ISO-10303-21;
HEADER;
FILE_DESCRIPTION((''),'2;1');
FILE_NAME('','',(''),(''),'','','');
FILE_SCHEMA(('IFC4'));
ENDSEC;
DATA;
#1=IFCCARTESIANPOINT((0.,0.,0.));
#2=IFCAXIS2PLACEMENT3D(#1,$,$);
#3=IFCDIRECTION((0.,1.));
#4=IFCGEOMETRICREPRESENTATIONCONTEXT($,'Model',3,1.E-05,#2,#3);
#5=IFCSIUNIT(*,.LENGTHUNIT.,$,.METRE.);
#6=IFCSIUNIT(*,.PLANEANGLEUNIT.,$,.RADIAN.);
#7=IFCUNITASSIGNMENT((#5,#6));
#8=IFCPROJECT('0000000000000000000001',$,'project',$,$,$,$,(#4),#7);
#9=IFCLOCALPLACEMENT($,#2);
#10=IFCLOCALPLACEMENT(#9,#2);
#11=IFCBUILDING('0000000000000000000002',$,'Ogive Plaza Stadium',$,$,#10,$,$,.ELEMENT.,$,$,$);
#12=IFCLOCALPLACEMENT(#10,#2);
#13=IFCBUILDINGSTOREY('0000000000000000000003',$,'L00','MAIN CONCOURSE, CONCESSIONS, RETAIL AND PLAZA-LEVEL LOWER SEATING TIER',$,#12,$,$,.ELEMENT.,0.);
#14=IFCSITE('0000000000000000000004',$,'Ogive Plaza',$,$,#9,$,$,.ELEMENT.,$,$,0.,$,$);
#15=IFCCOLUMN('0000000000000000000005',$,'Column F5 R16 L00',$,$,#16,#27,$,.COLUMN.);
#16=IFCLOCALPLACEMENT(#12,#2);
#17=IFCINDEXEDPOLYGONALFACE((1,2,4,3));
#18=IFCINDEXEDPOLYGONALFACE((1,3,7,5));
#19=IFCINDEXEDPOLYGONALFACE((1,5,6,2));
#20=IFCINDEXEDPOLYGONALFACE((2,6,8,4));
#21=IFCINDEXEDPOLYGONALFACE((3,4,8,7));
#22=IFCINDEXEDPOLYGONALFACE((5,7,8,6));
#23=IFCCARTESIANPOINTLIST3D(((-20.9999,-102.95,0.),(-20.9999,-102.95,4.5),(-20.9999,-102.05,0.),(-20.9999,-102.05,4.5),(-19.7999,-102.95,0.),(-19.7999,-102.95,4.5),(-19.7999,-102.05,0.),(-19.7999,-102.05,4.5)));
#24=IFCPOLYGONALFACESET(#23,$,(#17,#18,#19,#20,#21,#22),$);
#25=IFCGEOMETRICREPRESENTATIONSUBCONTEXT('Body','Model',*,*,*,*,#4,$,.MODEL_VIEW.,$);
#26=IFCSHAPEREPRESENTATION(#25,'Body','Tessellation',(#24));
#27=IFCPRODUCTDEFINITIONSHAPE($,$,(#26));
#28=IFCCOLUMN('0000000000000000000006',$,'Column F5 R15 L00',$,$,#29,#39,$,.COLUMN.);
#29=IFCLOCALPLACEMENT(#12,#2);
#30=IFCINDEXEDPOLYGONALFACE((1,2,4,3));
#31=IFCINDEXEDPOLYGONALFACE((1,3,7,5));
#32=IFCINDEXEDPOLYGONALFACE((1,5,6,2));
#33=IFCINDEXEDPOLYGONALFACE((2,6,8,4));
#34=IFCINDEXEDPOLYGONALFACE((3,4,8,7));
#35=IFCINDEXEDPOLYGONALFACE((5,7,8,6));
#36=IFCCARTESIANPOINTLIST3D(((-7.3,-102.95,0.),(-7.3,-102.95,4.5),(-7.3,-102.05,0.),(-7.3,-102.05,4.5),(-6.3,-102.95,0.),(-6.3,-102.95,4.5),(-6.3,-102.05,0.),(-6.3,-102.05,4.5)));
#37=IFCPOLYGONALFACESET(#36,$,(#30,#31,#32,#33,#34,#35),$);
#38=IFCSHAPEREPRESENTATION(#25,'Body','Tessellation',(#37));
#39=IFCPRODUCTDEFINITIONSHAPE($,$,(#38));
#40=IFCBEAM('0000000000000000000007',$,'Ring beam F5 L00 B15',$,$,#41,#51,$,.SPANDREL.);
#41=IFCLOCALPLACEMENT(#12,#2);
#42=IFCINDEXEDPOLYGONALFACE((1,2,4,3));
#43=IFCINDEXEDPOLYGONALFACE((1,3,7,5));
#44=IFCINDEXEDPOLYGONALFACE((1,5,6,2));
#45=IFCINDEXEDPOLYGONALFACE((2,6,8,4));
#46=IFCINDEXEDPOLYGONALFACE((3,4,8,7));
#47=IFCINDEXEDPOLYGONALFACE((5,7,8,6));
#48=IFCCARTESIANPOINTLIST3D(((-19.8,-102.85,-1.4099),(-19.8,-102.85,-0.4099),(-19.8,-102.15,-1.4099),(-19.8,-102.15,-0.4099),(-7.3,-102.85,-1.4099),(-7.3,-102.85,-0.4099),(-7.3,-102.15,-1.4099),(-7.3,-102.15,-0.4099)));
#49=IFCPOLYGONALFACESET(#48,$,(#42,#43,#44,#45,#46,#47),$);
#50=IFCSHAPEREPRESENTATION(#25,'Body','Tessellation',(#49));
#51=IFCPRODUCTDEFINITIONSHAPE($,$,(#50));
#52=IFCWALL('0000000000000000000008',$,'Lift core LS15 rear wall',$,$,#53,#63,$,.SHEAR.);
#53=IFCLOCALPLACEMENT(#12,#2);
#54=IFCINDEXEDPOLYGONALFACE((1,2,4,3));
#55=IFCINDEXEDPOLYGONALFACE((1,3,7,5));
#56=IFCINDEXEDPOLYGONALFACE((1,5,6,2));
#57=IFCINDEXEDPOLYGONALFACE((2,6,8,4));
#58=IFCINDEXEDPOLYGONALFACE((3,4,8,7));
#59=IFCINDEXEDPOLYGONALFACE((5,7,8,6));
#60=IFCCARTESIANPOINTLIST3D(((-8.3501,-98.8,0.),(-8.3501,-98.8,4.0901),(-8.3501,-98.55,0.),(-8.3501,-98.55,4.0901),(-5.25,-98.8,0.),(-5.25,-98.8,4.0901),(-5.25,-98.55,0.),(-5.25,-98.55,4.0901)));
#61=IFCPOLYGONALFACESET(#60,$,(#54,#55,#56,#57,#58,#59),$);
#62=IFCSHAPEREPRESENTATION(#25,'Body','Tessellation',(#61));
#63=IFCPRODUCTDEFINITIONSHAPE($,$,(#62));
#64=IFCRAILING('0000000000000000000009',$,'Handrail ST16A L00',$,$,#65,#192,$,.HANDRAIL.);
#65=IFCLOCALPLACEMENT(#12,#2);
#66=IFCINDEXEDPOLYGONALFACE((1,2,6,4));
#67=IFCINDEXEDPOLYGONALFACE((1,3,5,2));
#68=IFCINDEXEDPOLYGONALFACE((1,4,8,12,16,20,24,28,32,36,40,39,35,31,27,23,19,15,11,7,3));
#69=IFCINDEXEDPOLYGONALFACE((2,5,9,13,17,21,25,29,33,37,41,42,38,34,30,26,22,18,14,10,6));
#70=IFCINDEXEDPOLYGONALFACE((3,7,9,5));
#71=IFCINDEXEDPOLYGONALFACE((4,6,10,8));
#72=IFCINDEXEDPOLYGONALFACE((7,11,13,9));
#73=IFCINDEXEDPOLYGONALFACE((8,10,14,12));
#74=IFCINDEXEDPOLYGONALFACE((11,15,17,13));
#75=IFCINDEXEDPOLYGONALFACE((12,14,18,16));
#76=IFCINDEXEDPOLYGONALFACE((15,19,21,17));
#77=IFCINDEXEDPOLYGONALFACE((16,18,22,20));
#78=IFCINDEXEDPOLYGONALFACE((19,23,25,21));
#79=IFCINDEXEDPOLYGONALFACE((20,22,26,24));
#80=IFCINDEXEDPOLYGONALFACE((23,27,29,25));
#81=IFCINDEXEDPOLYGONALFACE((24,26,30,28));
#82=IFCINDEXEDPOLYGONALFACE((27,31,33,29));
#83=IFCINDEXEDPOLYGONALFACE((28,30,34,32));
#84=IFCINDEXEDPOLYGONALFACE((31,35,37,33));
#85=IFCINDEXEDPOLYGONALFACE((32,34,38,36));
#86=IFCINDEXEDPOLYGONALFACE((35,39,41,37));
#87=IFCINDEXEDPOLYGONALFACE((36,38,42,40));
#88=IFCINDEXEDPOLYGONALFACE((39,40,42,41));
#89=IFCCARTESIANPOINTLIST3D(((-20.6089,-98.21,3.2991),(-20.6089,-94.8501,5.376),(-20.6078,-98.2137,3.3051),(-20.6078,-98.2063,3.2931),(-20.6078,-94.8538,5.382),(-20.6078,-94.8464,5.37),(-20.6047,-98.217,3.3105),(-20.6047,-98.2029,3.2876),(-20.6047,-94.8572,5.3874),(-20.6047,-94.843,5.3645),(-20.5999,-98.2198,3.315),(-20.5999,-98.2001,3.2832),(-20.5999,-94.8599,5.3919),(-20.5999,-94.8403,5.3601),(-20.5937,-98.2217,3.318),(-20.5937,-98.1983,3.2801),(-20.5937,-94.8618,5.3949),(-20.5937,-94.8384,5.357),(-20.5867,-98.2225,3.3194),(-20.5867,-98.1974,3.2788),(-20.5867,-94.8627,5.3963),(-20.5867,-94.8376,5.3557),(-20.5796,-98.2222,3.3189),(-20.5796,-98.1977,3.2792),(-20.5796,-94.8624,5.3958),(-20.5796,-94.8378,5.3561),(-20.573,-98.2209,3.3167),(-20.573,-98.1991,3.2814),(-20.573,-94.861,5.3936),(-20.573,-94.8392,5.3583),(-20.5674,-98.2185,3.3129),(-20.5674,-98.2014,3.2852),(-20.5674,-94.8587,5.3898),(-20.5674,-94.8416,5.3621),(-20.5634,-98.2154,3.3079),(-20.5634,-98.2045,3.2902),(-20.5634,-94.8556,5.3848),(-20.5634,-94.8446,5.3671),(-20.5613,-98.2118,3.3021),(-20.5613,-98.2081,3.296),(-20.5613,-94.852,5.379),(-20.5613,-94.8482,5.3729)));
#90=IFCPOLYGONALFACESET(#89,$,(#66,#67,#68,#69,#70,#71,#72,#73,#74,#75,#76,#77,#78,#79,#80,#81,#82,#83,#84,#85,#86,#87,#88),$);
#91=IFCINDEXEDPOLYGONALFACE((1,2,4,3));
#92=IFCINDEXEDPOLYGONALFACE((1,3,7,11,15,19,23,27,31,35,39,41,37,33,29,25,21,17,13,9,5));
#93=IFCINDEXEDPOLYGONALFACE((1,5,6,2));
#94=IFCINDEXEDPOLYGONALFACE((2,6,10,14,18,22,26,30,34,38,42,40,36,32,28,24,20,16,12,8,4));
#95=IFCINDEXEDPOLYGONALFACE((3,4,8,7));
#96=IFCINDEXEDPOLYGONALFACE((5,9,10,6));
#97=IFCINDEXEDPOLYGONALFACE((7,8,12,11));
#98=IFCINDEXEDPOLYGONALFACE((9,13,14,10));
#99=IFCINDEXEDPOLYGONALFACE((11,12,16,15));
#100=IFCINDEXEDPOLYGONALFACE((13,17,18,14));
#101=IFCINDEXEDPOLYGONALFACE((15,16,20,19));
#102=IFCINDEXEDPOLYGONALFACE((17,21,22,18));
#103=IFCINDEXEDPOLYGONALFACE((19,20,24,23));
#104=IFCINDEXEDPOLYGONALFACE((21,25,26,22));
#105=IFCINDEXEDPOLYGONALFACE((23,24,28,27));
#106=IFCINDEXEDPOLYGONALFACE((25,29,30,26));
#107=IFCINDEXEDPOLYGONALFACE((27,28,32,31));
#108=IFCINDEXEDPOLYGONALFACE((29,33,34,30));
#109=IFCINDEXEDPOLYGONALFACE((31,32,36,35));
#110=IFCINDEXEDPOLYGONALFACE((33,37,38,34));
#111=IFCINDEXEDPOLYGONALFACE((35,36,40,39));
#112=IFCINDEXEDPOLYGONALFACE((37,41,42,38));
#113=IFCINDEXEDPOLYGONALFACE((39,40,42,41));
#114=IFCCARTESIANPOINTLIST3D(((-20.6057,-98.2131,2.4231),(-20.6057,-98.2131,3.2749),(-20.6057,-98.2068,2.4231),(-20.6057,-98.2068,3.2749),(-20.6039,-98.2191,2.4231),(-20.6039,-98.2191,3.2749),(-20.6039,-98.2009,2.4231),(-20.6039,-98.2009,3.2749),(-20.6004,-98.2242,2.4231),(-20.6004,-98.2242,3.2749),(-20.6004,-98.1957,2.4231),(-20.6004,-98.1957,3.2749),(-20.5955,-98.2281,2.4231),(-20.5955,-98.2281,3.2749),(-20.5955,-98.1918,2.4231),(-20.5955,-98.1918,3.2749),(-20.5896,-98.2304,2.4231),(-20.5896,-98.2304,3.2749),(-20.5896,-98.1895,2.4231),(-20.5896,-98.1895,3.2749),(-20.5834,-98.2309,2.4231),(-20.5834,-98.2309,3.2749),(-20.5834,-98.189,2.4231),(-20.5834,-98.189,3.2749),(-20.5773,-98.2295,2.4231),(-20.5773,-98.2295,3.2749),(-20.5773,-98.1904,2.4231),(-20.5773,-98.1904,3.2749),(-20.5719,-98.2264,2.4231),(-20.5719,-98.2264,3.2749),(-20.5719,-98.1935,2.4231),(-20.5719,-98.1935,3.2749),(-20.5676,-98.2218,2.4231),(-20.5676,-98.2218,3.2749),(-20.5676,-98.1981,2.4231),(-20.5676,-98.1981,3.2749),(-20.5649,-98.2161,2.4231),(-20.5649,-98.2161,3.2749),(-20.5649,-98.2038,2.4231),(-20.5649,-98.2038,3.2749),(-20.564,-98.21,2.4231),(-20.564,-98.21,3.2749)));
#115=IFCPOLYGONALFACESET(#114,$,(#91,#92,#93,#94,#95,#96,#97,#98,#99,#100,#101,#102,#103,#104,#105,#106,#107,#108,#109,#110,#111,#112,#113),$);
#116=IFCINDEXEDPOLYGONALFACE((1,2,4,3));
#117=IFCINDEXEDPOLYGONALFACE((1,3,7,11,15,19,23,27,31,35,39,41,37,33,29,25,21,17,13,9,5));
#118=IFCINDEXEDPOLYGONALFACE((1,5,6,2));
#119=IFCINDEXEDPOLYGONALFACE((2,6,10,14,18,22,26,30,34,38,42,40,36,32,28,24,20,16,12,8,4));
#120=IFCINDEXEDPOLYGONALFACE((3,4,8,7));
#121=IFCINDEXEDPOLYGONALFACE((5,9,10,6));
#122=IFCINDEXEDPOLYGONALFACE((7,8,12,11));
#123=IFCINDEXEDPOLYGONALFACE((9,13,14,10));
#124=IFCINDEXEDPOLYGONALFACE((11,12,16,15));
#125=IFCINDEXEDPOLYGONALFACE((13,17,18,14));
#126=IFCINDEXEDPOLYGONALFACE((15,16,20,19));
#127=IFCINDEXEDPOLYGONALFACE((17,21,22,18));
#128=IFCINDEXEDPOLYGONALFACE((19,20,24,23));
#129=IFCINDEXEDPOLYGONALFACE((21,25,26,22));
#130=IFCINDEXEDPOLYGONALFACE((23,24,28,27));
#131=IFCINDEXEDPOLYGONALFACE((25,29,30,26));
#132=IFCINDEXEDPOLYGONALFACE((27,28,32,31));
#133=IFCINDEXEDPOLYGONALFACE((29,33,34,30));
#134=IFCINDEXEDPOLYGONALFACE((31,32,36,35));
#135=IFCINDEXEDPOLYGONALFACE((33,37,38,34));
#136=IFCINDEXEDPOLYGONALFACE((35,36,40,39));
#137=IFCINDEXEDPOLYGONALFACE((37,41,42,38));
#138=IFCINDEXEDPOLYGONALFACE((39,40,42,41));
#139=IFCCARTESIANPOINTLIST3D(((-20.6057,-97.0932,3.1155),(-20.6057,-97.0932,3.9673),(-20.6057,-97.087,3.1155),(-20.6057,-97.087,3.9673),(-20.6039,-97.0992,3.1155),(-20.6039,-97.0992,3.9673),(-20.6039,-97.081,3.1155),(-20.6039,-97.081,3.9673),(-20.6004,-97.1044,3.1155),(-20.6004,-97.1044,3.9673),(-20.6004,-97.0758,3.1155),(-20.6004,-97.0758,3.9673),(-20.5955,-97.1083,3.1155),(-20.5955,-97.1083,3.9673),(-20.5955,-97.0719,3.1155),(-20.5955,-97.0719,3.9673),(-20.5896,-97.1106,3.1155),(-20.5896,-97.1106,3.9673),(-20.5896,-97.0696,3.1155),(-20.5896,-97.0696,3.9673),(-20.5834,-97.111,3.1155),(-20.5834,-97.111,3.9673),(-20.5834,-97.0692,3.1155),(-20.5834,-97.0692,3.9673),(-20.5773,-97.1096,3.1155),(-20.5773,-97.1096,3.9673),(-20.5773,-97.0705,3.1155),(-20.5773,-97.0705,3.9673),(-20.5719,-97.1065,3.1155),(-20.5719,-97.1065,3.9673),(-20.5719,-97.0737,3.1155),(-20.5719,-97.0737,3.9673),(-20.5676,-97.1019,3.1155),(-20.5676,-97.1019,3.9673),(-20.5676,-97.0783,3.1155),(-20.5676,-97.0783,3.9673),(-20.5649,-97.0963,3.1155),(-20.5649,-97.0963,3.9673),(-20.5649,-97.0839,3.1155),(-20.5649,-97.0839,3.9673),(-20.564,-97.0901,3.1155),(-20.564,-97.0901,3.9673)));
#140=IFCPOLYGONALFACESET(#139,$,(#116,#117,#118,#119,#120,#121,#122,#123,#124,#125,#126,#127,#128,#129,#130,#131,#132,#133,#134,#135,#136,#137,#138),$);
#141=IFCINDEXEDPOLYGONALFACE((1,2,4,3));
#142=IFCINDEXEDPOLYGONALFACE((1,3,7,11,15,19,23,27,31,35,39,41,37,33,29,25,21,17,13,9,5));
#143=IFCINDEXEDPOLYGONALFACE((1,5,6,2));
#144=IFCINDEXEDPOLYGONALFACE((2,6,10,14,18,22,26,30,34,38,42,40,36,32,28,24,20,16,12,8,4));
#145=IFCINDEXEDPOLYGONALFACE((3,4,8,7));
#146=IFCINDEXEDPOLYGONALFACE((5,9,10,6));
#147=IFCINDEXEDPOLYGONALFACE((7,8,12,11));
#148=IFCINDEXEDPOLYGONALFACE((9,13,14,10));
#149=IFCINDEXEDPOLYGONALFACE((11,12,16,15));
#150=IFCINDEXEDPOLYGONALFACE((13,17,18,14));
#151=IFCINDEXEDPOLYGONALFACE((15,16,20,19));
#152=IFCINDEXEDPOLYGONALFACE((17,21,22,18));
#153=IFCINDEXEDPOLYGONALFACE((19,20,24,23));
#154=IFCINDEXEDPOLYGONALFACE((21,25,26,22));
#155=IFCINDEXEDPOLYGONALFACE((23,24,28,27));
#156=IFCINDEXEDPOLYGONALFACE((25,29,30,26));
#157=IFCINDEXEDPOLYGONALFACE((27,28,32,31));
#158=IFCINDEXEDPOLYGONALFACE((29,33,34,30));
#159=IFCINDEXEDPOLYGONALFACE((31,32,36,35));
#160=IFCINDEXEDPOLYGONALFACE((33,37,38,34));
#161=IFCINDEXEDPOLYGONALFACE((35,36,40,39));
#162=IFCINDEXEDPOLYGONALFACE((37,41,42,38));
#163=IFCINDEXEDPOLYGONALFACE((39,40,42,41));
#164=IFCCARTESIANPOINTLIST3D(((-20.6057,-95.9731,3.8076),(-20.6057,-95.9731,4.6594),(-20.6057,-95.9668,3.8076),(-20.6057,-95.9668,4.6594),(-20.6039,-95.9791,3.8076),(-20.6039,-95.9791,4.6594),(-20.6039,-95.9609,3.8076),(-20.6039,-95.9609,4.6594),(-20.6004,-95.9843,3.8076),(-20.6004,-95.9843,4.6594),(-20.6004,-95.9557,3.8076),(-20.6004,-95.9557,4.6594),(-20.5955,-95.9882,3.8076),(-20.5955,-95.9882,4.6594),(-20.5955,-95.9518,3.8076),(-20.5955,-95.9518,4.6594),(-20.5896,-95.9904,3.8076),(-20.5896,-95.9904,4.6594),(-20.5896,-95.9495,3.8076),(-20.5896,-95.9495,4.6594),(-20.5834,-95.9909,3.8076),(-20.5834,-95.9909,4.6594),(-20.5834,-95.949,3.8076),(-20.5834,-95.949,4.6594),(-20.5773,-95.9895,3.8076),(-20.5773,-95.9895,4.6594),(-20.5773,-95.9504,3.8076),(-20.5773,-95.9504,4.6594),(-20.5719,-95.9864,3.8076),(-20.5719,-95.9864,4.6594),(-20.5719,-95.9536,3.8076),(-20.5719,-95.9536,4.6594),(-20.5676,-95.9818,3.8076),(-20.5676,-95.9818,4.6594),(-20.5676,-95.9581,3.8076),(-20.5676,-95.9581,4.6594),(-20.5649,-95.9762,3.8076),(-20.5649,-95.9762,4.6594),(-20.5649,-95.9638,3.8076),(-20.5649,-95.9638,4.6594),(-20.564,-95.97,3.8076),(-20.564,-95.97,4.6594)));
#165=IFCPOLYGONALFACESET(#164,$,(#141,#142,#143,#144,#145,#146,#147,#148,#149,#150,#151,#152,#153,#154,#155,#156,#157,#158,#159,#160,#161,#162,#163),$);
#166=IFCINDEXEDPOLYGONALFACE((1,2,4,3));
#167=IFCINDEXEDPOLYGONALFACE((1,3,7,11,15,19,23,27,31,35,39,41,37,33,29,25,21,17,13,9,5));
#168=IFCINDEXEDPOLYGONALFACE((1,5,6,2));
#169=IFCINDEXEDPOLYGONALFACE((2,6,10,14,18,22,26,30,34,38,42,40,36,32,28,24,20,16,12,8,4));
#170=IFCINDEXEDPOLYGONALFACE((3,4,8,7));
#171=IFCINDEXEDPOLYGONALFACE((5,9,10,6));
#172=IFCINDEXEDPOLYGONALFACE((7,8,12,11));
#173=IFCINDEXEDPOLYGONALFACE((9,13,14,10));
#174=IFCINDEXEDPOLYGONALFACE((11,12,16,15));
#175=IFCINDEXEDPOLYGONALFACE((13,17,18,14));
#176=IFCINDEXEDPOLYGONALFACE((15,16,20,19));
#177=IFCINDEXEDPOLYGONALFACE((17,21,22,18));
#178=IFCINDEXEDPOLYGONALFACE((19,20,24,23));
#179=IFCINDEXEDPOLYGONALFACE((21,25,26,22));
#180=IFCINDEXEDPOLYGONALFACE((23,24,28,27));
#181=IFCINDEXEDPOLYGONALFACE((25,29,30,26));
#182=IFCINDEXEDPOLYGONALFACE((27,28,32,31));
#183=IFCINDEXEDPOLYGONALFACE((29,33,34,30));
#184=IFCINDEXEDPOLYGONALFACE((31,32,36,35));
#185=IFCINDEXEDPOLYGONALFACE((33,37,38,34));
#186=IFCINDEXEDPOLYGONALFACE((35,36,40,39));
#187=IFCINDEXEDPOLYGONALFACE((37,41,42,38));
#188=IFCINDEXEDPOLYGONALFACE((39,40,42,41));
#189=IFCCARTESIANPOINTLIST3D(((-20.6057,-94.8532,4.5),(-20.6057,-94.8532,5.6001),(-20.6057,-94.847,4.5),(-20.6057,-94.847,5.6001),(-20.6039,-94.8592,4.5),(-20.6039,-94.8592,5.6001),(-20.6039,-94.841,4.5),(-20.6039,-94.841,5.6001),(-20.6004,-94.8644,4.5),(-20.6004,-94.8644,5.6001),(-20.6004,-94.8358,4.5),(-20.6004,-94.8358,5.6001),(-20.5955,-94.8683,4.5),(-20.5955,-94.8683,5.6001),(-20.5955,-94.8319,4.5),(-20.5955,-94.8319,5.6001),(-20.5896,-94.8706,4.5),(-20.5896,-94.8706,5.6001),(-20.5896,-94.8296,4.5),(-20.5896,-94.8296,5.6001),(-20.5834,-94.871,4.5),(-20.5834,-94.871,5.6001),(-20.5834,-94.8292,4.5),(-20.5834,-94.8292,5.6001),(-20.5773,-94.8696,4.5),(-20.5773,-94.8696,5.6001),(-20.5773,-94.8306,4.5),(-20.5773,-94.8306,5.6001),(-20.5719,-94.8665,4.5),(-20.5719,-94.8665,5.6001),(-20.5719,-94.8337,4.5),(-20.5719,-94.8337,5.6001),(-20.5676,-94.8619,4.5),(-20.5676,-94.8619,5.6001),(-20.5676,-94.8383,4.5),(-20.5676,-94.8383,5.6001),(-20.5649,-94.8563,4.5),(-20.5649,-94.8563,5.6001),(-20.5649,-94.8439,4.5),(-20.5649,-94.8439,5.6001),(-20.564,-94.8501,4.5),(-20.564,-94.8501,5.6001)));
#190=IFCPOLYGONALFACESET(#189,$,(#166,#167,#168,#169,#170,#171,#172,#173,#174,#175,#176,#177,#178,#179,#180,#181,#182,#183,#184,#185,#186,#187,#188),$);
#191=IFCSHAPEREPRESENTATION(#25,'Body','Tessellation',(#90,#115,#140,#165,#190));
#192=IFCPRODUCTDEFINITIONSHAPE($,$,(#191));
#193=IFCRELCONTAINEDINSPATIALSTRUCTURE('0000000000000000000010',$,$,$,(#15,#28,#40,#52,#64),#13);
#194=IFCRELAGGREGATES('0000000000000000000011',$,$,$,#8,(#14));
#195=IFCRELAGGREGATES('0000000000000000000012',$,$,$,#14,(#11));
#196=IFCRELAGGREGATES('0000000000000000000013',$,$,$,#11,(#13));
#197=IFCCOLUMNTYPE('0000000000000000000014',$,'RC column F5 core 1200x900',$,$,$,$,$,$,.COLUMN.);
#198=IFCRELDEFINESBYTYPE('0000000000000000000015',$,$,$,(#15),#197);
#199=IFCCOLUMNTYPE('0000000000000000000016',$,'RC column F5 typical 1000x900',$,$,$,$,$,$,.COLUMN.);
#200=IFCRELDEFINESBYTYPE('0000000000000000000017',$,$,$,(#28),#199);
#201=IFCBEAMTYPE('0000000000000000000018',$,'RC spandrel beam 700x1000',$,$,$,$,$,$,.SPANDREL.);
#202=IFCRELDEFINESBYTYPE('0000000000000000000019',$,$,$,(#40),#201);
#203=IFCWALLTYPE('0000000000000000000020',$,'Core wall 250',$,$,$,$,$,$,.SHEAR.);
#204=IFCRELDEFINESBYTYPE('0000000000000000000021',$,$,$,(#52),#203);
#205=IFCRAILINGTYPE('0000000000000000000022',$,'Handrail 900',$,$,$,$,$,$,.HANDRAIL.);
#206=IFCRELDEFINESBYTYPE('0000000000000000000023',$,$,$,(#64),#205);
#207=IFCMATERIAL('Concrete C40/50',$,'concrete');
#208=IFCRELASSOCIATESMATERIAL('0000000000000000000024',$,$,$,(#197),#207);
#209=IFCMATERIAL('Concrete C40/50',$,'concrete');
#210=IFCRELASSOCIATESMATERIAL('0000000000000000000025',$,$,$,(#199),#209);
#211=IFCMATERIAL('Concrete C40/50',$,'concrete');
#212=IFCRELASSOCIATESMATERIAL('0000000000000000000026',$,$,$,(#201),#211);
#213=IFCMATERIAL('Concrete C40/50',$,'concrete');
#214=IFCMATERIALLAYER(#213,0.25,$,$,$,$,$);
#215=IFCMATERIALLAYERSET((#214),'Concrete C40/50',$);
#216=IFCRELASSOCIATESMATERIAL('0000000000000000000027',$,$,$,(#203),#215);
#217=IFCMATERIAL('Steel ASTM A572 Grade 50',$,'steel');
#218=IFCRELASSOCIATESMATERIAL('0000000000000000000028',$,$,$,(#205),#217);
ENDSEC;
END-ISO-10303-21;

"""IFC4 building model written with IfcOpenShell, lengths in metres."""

from ifc_helpers import new_model, si_unit, direction, frame, frame_2d, origin, origin_2d, place, context, subcontext, project, spatial, rectangle, circle, extrude, material, layer, layer_set, material_profile, profile_set, type_object, element, save


model = new_model("IFC4")

# Units and contexts
model_context = context("Model", 3, precision=1e-05, world=origin(), true_north=direction((0.0, 1.0)))
body_context = subcontext(model_context, "Body", "Model", "MODEL_VIEW")
ifc_project = project(units=[si_unit("LENGTHUNIT", "METRE"), si_unit("PLANEANGLEUNIT", "RADIAN")], contexts=[model_context])

# Site, building, storey
site_placement = place(None, origin())
site = spatial("IfcSite", under=ifc_project, at=site_placement, Name="Ogive Plaza", CompositionType="ELEMENT", RefElevation=0.0)
building_placement = place(site_placement, origin())
building = spatial("IfcBuilding", under=site, at=building_placement, Name="Ogive Plaza Stadium", CompositionType="ELEMENT")
storey_placement = place(building_placement, origin())
storey = spatial("IfcBuildingStorey", under=building, at=storey_placement, Name="L00", Description="MAIN CONCOURSE, CONCESSIONS, RETAIL AND PLAZA-LEVEL LOWER SEATING TIER", CompositionType="ELEMENT", Elevation=0.0)

# Columns
ifc_material_1 = material(Name="Concrete C40/50", Category="concrete")
ifc_material_profile_1 = material_profile(ifc_material_1, rectangle(XDim=1.2, YDim=0.8999, at=origin_2d()), Name="RC 1200x900")
ifc_profile_set_1 = profile_set([ifc_material_profile_1], Name="Concrete C40/50")
column_type_1 = type_object("IfcColumnType", Name="RC column F5 core 1200x900", PredefinedType="COLUMN", material=ifc_profile_set_1)
column_1_placement = place(storey_placement, frame((-20.3999, -102.5, 0.0), z_axis=(0.0, 0.0, 1.0), x_axis=(1.0, 0.0, 0.0)))
element("IfcColumn", 1, at=column_1_placement, inside=storey, type_object=column_type_1, Name="Column F5 R16 L00", PredefinedType="COLUMN", context=body_context, shape_type="SweptSolid", body=[
    extrude(rectangle(XDim=1.2, YDim=0.8999, at=origin_2d()), origin(), (0.0, 0.0, 1.0), 4.5),
])
ifc_material_2 = material(Name="Concrete C40/50", Category="concrete")
ifc_material_profile_2 = material_profile(ifc_material_2, rectangle(XDim=1.0, YDim=0.8999, at=origin_2d()), Name="RC 1000x900")
ifc_profile_set_2 = profile_set([ifc_material_profile_2], Name="Concrete C40/50")
column_type_2 = type_object("IfcColumnType", Name="RC column F5 typical 1000x900", PredefinedType="COLUMN", material=ifc_profile_set_2)
column_2_placement = place(storey_placement, frame((-6.8, -102.5, 0.0), z_axis=(0.0, 0.0, 1.0), x_axis=(1.0, 0.0, 0.0)))
element("IfcColumn", 2, at=column_2_placement, inside=storey, type_object=column_type_2, Name="Column F5 R15 L00", PredefinedType="COLUMN", context=body_context, shape_type="SweptSolid", body=[
    extrude(rectangle(XDim=1.0, YDim=0.8999, at=origin_2d()), origin(), (0.0, 0.0, 1.0), 4.5),
])

# Beam
ifc_material_3 = material(Name="Concrete C40/50", Category="concrete")
ifc_material_profile_3 = material_profile(ifc_material_3, rectangle(XDim=0.7, YDim=1.0, at=origin_2d()), Name="RC 700x1000")
ifc_profile_set_3 = profile_set([ifc_material_profile_3], Name="Concrete C40/50")
beam_type = type_object("IfcBeamType", Name="RC spandrel beam 700x1000", PredefinedType="SPANDREL", material=ifc_profile_set_3)
beam_placement = place(storey_placement, frame((-7.3, -102.5, -0.9099), z_axis=(-1.0, 0.0, 0.0), x_axis=(0.0, -1.0, 0.0)))
element("IfcBeam", 3, at=beam_placement, inside=storey, type_object=beam_type, Name="Ring beam F5 L00 B15", PredefinedType="SPANDREL", context=body_context, shape_type="SweptSolid", body=[
    extrude(rectangle(XDim=0.7, YDim=1.0, at=origin_2d()), origin(), (0.0, 0.0, 1.0), 12.5),
])

# Wall
ifc_material_4 = material(Name="Concrete C40/50", Category="concrete")
ifc_layer_1 = layer(ifc_material_4, 0.25)
ifc_layer_set_1 = layer_set([ifc_layer_1], Name="Concrete C40/50")
wall_type_1 = type_object("IfcWallType", Name="Core wall 250", PredefinedType="SHEAR", material=ifc_layer_set_1)
wall_1_placement = place(storey_placement, frame((-8.3501, -98.675, 0.0), z_axis=(0.0, 0.0, 1.0), x_axis=(1.0, 0.0, 0.0)))
element("IfcWall", 4, at=wall_1_placement, inside=storey, type_object=wall_type_1, Name="Lift core LS15 rear wall", PredefinedType="SHEAR", context=body_context, shape_type="SweptSolid", body=[
    extrude(rectangle(XDim=3.1001, YDim=0.25, at=frame_2d((1.55, 0.0))), origin(), (0.0, 0.0, 1.0), 4.0901),
])

# Railing
ifc_material_5 = material(Name="Steel ASTM A572 Grade 50", Category="steel")
railing_type = type_object("IfcRailingType", Name="Handrail 900", PredefinedType="HANDRAIL", material=ifc_material_5)
for number, where, name in (
    (5, (-20.585, -98.21, 2.4231), "Handrail ST16A L00"),
):
    element("IfcRailing", number, at=place(storey_placement, frame(where)), inside=storey, type_object=railing_type, Name=name, PredefinedType="HANDRAIL", context=body_context, shape_type="SweptSolid", body=[
        extrude(circle(Radius=0.0239, at=origin_2d()), frame((0.0, 0.0, 0.876), z_axis=(0.0, 0.850606, 0.525803), x_axis=(-1.0, 0.0, 0.0)), (0.0, 0.0, 1.0), 3.95),
        extrude(circle(Radius=0.021, at=origin_2d()), origin(), (0.0, 0.0, 1.0), 0.8518),
        extrude(circle(Radius=0.021, at=origin_2d()), frame((0.0, 1.1199, 0.6924)), (0.0, 0.0, 1.0), 0.8518),
        extrude(circle(Radius=0.021, at=origin_2d()), frame((0.0, 2.24, 1.3845)), (0.0, 0.0, 1.0), 0.8518),
        extrude(circle(Radius=0.021, at=origin_2d()), frame((0.0, 3.3599, 2.0769)), (0.0, 0.0, 1.0), 1.1001),
    ])

save(model, "model.ifc")
